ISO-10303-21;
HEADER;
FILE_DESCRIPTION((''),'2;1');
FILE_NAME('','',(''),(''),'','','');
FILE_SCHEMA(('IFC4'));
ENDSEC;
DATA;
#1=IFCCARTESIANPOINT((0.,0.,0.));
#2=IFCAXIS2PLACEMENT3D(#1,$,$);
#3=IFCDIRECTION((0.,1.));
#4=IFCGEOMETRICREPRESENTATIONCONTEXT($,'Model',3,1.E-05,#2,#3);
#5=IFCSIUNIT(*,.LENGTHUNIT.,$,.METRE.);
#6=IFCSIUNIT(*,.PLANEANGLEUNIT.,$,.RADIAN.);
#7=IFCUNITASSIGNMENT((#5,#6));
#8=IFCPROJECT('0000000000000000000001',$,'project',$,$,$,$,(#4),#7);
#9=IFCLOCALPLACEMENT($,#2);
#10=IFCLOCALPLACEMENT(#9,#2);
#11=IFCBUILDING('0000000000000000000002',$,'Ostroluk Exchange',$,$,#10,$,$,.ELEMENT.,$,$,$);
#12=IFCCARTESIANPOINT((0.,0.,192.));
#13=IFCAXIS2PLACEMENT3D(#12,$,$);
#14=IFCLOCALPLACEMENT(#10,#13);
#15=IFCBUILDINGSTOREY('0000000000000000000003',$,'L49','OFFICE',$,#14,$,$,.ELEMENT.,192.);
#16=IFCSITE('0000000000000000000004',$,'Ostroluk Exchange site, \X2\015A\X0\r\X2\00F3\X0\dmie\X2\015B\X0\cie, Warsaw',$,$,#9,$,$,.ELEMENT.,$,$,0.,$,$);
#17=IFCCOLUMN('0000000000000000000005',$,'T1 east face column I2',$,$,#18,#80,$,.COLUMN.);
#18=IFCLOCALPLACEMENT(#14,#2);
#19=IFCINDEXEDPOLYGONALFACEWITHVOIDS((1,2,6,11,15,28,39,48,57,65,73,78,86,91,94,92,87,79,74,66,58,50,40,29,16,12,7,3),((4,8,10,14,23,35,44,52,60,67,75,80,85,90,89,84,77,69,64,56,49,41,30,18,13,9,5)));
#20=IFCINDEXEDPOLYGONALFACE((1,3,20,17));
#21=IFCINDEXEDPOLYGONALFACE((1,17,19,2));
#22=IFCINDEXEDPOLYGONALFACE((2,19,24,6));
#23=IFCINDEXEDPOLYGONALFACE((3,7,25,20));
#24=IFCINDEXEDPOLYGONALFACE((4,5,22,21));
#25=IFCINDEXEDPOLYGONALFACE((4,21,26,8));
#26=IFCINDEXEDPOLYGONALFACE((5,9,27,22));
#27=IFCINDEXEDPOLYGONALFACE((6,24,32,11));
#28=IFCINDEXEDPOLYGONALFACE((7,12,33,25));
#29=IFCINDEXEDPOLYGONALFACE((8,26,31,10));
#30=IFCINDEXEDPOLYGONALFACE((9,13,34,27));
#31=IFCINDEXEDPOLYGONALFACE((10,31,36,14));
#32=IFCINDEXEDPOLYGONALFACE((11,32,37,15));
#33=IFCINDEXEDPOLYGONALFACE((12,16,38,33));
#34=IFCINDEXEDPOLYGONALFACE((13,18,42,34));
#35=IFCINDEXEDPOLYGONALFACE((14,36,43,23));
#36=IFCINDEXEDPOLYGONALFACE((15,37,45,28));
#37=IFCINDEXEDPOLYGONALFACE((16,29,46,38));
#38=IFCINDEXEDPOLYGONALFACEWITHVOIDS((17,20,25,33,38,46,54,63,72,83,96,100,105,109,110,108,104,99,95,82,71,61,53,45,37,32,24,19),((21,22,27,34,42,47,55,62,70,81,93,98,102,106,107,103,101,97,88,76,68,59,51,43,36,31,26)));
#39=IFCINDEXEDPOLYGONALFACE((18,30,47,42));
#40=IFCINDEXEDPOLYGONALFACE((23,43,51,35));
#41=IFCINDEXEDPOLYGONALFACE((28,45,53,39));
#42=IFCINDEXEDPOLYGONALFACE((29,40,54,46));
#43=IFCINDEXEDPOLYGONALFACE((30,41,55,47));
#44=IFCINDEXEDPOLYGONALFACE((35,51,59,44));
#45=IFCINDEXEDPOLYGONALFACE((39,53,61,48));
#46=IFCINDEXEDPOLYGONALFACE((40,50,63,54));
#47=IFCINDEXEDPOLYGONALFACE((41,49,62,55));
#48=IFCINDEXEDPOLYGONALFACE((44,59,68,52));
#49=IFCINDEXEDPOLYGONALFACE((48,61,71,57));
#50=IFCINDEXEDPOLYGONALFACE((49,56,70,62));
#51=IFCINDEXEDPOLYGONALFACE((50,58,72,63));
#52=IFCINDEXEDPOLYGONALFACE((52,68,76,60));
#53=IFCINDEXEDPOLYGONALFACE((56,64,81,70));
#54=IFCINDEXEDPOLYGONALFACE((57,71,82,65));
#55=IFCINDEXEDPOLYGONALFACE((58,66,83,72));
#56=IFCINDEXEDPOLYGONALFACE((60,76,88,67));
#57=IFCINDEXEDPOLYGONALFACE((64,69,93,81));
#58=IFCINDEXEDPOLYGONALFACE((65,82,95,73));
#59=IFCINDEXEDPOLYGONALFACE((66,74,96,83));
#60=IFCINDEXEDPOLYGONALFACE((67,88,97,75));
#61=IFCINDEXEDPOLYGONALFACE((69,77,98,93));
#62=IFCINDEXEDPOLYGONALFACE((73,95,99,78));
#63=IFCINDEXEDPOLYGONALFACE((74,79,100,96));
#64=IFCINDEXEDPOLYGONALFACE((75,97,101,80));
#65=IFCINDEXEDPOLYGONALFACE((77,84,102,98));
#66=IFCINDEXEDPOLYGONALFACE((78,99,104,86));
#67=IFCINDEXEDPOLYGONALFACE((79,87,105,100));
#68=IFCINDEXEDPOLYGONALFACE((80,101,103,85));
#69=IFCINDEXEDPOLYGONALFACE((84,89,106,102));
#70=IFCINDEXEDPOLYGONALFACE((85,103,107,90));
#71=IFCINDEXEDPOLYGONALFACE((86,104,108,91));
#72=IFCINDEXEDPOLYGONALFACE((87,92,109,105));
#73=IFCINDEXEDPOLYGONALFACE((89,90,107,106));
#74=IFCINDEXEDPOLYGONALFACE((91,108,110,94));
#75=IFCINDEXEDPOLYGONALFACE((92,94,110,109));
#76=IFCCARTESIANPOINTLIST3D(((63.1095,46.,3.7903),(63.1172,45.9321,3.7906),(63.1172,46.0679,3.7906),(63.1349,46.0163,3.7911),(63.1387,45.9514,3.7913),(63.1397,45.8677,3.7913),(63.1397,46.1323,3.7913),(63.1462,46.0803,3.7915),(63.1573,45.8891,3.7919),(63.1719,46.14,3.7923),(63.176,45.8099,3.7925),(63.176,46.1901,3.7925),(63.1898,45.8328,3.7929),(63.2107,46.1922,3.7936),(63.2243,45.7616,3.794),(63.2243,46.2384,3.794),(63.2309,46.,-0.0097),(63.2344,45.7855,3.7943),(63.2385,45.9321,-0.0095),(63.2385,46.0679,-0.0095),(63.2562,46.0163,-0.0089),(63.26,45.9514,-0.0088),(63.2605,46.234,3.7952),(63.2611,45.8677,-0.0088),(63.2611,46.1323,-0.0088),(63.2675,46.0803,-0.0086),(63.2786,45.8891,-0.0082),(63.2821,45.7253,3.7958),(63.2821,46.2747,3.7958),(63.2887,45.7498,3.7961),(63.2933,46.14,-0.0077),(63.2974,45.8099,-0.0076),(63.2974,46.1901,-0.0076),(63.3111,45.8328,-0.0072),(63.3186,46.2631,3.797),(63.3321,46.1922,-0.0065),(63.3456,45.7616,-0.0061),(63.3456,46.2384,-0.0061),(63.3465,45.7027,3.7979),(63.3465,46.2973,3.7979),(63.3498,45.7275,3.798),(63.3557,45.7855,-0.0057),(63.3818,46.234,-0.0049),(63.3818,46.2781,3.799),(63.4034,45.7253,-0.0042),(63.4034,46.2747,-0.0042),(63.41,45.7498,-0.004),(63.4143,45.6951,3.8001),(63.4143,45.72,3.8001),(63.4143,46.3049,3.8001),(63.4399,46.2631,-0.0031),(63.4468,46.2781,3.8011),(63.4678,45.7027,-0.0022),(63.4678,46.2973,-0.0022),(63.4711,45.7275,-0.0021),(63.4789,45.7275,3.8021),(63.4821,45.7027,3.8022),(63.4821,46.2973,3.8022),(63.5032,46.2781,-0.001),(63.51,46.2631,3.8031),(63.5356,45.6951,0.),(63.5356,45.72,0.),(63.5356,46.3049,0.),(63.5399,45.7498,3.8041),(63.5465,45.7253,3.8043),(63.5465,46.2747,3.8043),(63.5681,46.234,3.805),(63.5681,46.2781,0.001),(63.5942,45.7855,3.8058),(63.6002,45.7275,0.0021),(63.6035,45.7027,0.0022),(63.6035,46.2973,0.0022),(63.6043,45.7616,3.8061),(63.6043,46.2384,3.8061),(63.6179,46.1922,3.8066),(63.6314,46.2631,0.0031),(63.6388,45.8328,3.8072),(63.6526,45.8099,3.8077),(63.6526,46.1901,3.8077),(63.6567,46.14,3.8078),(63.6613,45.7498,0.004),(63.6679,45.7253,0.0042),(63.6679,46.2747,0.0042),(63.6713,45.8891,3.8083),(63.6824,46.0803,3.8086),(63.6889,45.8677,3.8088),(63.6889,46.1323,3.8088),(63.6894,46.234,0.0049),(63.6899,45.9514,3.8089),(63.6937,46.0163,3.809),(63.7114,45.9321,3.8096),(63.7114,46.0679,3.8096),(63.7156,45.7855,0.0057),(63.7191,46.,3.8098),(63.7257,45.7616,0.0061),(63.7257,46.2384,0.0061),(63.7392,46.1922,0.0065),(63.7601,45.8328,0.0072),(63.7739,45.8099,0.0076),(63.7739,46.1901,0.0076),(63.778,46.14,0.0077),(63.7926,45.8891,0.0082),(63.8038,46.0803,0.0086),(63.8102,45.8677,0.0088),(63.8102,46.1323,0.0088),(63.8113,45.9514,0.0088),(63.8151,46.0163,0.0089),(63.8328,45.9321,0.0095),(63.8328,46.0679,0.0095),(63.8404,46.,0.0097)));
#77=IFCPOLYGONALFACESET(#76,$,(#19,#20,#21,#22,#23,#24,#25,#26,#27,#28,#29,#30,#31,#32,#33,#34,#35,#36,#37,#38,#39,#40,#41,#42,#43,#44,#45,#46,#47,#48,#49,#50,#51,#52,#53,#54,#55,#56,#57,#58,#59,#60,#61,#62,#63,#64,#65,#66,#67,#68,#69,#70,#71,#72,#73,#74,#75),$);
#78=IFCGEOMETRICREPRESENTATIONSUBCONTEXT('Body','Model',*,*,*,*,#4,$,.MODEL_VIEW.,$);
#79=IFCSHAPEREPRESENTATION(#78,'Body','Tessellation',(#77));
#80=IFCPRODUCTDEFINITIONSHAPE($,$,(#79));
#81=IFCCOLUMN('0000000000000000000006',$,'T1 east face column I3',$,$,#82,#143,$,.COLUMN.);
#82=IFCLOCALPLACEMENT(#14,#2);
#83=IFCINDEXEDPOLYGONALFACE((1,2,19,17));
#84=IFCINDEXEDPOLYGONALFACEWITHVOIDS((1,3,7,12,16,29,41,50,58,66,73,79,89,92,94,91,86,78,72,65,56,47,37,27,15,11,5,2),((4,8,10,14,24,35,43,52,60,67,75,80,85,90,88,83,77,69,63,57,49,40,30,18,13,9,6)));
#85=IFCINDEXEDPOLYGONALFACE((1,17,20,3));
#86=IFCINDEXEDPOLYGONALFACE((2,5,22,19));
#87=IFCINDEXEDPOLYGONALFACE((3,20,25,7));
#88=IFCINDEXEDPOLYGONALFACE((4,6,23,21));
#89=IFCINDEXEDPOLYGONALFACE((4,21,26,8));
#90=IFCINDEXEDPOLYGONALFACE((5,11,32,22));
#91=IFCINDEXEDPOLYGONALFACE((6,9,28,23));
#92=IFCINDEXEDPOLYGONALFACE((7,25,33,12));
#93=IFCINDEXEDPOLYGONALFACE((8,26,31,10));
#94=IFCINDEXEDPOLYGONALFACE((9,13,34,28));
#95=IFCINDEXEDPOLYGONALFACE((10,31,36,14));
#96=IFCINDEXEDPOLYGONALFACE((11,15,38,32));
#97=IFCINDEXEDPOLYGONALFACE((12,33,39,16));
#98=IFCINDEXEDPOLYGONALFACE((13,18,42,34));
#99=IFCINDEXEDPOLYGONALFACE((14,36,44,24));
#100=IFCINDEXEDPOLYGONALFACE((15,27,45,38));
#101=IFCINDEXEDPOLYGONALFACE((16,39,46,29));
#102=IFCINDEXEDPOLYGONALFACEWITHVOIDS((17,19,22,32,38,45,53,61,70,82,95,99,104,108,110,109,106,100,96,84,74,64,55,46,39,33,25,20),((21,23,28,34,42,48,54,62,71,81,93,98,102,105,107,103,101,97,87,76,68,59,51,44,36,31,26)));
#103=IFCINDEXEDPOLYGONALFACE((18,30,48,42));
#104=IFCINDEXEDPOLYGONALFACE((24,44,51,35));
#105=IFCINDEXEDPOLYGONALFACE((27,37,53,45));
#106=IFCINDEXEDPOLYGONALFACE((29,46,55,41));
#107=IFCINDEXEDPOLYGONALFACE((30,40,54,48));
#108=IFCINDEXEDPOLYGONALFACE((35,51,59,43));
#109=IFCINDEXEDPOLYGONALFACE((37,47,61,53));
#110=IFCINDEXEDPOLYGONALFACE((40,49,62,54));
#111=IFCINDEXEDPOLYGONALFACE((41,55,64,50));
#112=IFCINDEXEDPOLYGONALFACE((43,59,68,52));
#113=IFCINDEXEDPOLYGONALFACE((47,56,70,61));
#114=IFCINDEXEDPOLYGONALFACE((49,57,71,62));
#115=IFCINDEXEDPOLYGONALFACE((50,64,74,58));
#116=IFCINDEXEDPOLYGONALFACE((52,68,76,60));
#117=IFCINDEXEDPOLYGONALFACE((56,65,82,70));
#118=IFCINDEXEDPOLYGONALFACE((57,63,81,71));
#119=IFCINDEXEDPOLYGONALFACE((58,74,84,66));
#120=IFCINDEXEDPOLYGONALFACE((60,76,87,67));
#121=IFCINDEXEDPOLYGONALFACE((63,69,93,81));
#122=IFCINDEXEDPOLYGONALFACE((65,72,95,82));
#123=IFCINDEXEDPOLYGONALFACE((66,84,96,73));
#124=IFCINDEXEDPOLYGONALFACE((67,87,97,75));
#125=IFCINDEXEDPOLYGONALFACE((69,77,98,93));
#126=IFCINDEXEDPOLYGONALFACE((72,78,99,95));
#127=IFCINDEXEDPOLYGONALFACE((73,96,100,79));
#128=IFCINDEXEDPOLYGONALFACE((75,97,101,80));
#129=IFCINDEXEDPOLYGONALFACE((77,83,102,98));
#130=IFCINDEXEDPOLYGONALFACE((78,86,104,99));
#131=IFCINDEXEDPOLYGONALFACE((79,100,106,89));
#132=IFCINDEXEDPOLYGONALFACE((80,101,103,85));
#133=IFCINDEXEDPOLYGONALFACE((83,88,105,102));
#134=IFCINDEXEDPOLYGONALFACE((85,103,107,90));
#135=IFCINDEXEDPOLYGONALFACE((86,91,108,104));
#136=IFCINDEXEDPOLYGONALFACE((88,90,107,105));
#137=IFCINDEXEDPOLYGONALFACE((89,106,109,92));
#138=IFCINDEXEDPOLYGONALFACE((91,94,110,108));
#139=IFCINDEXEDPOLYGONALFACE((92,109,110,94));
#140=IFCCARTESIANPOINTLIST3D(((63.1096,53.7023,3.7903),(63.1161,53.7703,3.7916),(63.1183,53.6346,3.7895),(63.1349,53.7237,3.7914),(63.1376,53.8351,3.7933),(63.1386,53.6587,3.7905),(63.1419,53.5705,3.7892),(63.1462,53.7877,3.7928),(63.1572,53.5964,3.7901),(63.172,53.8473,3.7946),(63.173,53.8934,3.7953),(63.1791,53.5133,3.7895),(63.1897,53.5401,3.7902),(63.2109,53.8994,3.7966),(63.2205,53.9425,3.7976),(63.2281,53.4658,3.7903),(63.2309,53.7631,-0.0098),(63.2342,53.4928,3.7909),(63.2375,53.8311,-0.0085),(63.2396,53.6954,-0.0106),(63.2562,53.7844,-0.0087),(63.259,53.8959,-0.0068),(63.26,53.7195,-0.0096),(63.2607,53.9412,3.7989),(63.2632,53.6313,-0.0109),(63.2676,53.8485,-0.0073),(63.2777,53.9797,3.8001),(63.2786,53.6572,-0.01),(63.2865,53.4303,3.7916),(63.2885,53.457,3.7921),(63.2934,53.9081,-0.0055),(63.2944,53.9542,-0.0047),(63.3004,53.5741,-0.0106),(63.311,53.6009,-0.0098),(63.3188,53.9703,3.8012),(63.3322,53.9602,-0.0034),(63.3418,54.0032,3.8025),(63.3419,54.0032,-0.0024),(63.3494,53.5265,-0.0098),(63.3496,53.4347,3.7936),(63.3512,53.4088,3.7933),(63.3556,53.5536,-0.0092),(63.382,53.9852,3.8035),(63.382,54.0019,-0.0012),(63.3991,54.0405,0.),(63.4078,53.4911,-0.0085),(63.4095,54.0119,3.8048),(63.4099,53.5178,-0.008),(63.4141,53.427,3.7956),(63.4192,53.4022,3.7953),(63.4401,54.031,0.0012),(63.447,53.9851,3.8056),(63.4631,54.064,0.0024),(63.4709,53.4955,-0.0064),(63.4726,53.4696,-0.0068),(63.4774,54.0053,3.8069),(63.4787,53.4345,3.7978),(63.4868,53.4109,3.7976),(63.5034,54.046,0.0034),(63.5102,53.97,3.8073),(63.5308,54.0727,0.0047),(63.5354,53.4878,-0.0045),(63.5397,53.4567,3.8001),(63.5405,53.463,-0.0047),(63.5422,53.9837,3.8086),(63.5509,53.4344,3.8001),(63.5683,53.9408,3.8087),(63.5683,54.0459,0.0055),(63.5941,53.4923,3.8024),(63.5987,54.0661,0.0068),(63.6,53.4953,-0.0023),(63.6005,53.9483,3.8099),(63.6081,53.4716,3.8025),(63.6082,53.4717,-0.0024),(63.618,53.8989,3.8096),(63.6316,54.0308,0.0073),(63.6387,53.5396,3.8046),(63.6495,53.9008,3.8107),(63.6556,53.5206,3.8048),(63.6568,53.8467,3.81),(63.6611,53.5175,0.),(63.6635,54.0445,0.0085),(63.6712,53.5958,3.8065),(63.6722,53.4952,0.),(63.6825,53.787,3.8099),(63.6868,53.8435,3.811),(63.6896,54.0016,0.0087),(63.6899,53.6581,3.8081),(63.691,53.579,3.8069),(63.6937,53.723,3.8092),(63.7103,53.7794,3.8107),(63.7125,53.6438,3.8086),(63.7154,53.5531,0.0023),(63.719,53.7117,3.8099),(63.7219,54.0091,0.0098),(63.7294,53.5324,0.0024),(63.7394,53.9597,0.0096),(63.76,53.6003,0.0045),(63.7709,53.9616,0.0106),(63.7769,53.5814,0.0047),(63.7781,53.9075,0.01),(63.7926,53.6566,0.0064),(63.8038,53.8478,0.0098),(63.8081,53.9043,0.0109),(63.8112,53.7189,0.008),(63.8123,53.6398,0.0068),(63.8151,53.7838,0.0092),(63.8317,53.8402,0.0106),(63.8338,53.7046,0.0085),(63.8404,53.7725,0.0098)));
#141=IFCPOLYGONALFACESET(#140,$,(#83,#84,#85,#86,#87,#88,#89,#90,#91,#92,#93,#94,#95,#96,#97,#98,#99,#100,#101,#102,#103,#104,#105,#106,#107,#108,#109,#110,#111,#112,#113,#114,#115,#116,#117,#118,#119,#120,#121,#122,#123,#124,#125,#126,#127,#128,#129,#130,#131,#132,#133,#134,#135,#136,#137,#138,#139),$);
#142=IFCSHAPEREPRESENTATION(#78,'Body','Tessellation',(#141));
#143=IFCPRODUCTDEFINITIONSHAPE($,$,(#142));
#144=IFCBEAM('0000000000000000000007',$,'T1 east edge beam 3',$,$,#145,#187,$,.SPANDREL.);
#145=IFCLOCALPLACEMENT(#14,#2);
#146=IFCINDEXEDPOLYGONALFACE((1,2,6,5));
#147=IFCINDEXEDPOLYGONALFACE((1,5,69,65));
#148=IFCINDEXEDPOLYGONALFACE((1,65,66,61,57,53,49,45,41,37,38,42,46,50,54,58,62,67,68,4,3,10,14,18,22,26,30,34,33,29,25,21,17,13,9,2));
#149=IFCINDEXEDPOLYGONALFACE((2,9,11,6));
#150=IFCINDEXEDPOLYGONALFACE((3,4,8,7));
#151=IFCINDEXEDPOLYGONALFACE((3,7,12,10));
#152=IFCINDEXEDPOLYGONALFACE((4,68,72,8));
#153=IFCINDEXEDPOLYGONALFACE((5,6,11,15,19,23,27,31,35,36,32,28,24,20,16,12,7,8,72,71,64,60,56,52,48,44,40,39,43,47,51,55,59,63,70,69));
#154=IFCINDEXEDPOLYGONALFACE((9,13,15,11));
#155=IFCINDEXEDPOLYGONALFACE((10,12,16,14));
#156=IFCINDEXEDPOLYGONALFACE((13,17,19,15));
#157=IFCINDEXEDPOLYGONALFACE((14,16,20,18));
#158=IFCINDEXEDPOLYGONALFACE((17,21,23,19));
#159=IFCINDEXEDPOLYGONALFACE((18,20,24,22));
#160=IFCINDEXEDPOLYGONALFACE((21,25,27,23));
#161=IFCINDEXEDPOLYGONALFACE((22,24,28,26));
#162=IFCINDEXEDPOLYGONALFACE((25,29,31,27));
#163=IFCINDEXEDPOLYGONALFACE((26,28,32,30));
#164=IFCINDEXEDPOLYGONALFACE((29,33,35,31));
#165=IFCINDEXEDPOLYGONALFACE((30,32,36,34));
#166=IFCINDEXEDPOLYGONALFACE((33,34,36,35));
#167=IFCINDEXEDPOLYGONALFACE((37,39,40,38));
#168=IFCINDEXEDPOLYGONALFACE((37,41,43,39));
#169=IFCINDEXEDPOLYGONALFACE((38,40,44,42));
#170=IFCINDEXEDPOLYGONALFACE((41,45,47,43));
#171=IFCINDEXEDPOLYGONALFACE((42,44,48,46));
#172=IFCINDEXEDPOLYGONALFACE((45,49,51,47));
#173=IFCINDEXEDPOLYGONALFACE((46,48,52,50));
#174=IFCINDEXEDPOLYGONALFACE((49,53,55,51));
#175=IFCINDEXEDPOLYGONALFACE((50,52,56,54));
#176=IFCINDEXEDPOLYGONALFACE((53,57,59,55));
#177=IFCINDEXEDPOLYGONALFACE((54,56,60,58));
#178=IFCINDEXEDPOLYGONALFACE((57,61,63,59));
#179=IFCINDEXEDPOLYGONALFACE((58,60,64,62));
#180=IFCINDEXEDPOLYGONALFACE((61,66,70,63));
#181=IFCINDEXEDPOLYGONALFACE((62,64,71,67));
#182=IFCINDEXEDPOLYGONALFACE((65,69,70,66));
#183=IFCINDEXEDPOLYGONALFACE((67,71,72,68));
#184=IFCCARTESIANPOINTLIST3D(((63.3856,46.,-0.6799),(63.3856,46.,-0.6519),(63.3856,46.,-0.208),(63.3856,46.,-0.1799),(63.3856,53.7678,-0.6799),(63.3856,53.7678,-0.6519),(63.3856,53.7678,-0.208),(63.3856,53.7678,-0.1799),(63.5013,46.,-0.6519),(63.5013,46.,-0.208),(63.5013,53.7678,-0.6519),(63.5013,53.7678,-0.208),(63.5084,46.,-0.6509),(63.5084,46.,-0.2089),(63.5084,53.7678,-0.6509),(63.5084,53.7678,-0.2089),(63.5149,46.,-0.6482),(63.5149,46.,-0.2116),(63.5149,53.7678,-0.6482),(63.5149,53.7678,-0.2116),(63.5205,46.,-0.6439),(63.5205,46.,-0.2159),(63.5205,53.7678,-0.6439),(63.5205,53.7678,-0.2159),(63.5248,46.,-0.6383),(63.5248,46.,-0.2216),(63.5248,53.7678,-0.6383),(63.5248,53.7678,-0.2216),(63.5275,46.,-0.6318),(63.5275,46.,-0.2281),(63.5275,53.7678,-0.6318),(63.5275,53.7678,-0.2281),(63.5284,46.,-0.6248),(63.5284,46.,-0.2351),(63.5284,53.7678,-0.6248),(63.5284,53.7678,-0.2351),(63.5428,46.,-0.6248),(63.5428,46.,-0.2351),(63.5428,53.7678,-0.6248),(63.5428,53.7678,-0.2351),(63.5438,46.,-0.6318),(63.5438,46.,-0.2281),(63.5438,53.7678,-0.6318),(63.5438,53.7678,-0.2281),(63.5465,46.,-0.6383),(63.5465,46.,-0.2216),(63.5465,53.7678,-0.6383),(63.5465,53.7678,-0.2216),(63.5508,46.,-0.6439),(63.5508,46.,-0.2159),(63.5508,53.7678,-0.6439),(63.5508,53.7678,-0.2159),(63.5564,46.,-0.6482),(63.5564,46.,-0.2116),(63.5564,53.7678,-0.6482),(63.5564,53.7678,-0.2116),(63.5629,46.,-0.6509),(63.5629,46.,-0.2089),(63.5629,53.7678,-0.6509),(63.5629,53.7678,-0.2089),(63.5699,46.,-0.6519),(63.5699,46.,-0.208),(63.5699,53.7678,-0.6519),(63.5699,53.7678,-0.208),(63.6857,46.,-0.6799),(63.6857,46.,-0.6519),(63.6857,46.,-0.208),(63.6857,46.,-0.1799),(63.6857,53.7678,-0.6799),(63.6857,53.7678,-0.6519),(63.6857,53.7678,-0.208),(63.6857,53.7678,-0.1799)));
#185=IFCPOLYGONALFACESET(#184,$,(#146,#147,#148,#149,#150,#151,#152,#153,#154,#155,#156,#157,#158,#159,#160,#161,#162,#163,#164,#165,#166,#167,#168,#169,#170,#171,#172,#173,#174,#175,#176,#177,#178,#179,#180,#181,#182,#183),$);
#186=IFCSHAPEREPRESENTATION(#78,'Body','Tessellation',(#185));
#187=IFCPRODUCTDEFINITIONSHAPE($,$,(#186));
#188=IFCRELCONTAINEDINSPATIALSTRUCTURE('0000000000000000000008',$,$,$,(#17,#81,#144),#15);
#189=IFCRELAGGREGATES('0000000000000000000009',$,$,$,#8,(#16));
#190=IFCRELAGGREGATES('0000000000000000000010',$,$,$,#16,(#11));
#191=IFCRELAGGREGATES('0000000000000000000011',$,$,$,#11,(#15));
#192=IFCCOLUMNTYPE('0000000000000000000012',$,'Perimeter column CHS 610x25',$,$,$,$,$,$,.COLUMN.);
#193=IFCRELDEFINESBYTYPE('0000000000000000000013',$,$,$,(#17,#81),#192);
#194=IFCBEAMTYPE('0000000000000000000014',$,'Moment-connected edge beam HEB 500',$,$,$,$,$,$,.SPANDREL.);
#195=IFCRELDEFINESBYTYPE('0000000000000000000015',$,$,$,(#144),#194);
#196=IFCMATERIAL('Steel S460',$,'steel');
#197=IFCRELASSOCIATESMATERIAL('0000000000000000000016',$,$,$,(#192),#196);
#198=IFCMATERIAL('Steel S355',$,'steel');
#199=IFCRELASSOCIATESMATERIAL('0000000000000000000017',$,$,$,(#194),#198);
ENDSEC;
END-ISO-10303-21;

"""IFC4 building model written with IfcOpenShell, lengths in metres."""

from ifc_helpers import new_model, si_unit, direction, frame, origin, origin_2d, place, context, subcontext, project, spatial, hollow_circle, i_section, extrude, material, material_profile, profile_set, type_object, element, save


model = new_model("IFC4")

# Units and contexts
model_context = context("Model", 3, precision=1e-05, world=origin(), true_north=direction((0.0, 1.0)))
body_context = subcontext(model_context, "Body", "Model", "MODEL_VIEW")
ifc_project = project(units=[si_unit("LENGTHUNIT", "METRE"), si_unit("PLANEANGLEUNIT", "RADIAN")], contexts=[model_context])

# Site, building, storey
site_placement = place(None, origin())
site = spatial("IfcSite", under=ifc_project, at=site_placement, Name="Ostroluk Exchange site, Śródmieście, Warsaw", CompositionType="ELEMENT", RefElevation=0.0)
building_placement = place(site_placement, origin())
building = spatial("IfcBuilding", under=site, at=building_placement, Name="Ostroluk Exchange", CompositionType="ELEMENT")
storey_placement = place(building_placement, frame((0.0, 0.0, 192.0)))
storey = spatial("IfcBuildingStorey", under=building, at=storey_placement, Name="L49", Description="OFFICE", CompositionType="ELEMENT", Elevation=192.0)

# Columns
ifc_material_1 = material(Name="Steel S460", Category="steel")
ifc_material_profile_1 = material_profile(ifc_material_1, hollow_circle(Radius=0.3049, WallThickness=0.0249, at=origin_2d()), Name="CHS 610x25")
ifc_profile_set_1 = profile_set([ifc_material_profile_1], Name="Steel S460")
column_type = type_object("IfcColumnType", Name="Perimeter column CHS 610x25", PredefinedType="COLUMN", material=ifc_profile_set_1)
column_1_placement = place(storey_placement, frame((63.5356, 46.0, 0.0), z_axis=(-0.031914, 0.0, 0.999491), x_axis=(0.0, -1.0, 0.0)))
element("IfcColumn", 1, at=column_1_placement, inside=storey, type_object=column_type, Name="T1 east face column I2", PredefinedType="COLUMN", context=body_context, shape_type="SweptSolid", body=[
    extrude(hollow_circle(Radius=0.3049, WallThickness=0.0249, at=origin_2d()), origin(), (0.0, 0.0, 1.0), 3.802),
])
column_2_placement = place(storey_placement, frame((63.5356, 53.7678, 0.0), z_axis=(-0.03191, -0.015987, 0.999363), x_axis=(0.447933, -0.894067, 0.0)))
element("IfcColumn", 2, at=column_2_placement, inside=storey, type_object=column_type, Name="T1 east face column I3", PredefinedType="COLUMN", context=body_context, shape_type="SweptSolid", body=[
    extrude(hollow_circle(Radius=0.3049, WallThickness=0.0249, at=origin_2d()), origin(), (0.0, 0.0, 1.0), 3.8025),
])

# Beam
ifc_material_2 = material(Name="Steel S355", Category="steel")
ifc_material_profile_2 = material_profile(ifc_material_2, i_section(OverallWidth=0.3, OverallDepth=0.5, WebThickness=0.0144, FlangeThickness=0.0281, FilletRadius=0.0271, at=origin_2d()), Name="HEB 500")
ifc_profile_set_2 = profile_set([ifc_material_profile_2], Name="Steel S355")
beam_type = type_object("IfcBeamType", Name="Moment-connected edge beam HEB 500", PredefinedType="SPANDREL", material=ifc_profile_set_2)
for number, where, z_axis, x_axis, name in (
    (3, (63.5356, 46.0, -0.4299), (0.0, 1.0, 0.0), (-1.0, 0.0, 0.0), "T1 east edge beam 3"),
):
    element("IfcBeam", number, at=place(storey_placement, frame(where, z_axis=z_axis, x_axis=x_axis)), inside=storey, type_object=beam_type, Name=name, PredefinedType="SPANDREL", context=body_context, shape_type="SweptSolid", body=[
        extrude(i_section(OverallWidth=0.3, OverallDepth=0.5, WebThickness=0.0144, FlangeThickness=0.0281, FilletRadius=0.0271, at=origin_2d()), origin(), (0.0, 0.0, 1.0), 7.7678),
    ])

save(model, "model.ifc")
